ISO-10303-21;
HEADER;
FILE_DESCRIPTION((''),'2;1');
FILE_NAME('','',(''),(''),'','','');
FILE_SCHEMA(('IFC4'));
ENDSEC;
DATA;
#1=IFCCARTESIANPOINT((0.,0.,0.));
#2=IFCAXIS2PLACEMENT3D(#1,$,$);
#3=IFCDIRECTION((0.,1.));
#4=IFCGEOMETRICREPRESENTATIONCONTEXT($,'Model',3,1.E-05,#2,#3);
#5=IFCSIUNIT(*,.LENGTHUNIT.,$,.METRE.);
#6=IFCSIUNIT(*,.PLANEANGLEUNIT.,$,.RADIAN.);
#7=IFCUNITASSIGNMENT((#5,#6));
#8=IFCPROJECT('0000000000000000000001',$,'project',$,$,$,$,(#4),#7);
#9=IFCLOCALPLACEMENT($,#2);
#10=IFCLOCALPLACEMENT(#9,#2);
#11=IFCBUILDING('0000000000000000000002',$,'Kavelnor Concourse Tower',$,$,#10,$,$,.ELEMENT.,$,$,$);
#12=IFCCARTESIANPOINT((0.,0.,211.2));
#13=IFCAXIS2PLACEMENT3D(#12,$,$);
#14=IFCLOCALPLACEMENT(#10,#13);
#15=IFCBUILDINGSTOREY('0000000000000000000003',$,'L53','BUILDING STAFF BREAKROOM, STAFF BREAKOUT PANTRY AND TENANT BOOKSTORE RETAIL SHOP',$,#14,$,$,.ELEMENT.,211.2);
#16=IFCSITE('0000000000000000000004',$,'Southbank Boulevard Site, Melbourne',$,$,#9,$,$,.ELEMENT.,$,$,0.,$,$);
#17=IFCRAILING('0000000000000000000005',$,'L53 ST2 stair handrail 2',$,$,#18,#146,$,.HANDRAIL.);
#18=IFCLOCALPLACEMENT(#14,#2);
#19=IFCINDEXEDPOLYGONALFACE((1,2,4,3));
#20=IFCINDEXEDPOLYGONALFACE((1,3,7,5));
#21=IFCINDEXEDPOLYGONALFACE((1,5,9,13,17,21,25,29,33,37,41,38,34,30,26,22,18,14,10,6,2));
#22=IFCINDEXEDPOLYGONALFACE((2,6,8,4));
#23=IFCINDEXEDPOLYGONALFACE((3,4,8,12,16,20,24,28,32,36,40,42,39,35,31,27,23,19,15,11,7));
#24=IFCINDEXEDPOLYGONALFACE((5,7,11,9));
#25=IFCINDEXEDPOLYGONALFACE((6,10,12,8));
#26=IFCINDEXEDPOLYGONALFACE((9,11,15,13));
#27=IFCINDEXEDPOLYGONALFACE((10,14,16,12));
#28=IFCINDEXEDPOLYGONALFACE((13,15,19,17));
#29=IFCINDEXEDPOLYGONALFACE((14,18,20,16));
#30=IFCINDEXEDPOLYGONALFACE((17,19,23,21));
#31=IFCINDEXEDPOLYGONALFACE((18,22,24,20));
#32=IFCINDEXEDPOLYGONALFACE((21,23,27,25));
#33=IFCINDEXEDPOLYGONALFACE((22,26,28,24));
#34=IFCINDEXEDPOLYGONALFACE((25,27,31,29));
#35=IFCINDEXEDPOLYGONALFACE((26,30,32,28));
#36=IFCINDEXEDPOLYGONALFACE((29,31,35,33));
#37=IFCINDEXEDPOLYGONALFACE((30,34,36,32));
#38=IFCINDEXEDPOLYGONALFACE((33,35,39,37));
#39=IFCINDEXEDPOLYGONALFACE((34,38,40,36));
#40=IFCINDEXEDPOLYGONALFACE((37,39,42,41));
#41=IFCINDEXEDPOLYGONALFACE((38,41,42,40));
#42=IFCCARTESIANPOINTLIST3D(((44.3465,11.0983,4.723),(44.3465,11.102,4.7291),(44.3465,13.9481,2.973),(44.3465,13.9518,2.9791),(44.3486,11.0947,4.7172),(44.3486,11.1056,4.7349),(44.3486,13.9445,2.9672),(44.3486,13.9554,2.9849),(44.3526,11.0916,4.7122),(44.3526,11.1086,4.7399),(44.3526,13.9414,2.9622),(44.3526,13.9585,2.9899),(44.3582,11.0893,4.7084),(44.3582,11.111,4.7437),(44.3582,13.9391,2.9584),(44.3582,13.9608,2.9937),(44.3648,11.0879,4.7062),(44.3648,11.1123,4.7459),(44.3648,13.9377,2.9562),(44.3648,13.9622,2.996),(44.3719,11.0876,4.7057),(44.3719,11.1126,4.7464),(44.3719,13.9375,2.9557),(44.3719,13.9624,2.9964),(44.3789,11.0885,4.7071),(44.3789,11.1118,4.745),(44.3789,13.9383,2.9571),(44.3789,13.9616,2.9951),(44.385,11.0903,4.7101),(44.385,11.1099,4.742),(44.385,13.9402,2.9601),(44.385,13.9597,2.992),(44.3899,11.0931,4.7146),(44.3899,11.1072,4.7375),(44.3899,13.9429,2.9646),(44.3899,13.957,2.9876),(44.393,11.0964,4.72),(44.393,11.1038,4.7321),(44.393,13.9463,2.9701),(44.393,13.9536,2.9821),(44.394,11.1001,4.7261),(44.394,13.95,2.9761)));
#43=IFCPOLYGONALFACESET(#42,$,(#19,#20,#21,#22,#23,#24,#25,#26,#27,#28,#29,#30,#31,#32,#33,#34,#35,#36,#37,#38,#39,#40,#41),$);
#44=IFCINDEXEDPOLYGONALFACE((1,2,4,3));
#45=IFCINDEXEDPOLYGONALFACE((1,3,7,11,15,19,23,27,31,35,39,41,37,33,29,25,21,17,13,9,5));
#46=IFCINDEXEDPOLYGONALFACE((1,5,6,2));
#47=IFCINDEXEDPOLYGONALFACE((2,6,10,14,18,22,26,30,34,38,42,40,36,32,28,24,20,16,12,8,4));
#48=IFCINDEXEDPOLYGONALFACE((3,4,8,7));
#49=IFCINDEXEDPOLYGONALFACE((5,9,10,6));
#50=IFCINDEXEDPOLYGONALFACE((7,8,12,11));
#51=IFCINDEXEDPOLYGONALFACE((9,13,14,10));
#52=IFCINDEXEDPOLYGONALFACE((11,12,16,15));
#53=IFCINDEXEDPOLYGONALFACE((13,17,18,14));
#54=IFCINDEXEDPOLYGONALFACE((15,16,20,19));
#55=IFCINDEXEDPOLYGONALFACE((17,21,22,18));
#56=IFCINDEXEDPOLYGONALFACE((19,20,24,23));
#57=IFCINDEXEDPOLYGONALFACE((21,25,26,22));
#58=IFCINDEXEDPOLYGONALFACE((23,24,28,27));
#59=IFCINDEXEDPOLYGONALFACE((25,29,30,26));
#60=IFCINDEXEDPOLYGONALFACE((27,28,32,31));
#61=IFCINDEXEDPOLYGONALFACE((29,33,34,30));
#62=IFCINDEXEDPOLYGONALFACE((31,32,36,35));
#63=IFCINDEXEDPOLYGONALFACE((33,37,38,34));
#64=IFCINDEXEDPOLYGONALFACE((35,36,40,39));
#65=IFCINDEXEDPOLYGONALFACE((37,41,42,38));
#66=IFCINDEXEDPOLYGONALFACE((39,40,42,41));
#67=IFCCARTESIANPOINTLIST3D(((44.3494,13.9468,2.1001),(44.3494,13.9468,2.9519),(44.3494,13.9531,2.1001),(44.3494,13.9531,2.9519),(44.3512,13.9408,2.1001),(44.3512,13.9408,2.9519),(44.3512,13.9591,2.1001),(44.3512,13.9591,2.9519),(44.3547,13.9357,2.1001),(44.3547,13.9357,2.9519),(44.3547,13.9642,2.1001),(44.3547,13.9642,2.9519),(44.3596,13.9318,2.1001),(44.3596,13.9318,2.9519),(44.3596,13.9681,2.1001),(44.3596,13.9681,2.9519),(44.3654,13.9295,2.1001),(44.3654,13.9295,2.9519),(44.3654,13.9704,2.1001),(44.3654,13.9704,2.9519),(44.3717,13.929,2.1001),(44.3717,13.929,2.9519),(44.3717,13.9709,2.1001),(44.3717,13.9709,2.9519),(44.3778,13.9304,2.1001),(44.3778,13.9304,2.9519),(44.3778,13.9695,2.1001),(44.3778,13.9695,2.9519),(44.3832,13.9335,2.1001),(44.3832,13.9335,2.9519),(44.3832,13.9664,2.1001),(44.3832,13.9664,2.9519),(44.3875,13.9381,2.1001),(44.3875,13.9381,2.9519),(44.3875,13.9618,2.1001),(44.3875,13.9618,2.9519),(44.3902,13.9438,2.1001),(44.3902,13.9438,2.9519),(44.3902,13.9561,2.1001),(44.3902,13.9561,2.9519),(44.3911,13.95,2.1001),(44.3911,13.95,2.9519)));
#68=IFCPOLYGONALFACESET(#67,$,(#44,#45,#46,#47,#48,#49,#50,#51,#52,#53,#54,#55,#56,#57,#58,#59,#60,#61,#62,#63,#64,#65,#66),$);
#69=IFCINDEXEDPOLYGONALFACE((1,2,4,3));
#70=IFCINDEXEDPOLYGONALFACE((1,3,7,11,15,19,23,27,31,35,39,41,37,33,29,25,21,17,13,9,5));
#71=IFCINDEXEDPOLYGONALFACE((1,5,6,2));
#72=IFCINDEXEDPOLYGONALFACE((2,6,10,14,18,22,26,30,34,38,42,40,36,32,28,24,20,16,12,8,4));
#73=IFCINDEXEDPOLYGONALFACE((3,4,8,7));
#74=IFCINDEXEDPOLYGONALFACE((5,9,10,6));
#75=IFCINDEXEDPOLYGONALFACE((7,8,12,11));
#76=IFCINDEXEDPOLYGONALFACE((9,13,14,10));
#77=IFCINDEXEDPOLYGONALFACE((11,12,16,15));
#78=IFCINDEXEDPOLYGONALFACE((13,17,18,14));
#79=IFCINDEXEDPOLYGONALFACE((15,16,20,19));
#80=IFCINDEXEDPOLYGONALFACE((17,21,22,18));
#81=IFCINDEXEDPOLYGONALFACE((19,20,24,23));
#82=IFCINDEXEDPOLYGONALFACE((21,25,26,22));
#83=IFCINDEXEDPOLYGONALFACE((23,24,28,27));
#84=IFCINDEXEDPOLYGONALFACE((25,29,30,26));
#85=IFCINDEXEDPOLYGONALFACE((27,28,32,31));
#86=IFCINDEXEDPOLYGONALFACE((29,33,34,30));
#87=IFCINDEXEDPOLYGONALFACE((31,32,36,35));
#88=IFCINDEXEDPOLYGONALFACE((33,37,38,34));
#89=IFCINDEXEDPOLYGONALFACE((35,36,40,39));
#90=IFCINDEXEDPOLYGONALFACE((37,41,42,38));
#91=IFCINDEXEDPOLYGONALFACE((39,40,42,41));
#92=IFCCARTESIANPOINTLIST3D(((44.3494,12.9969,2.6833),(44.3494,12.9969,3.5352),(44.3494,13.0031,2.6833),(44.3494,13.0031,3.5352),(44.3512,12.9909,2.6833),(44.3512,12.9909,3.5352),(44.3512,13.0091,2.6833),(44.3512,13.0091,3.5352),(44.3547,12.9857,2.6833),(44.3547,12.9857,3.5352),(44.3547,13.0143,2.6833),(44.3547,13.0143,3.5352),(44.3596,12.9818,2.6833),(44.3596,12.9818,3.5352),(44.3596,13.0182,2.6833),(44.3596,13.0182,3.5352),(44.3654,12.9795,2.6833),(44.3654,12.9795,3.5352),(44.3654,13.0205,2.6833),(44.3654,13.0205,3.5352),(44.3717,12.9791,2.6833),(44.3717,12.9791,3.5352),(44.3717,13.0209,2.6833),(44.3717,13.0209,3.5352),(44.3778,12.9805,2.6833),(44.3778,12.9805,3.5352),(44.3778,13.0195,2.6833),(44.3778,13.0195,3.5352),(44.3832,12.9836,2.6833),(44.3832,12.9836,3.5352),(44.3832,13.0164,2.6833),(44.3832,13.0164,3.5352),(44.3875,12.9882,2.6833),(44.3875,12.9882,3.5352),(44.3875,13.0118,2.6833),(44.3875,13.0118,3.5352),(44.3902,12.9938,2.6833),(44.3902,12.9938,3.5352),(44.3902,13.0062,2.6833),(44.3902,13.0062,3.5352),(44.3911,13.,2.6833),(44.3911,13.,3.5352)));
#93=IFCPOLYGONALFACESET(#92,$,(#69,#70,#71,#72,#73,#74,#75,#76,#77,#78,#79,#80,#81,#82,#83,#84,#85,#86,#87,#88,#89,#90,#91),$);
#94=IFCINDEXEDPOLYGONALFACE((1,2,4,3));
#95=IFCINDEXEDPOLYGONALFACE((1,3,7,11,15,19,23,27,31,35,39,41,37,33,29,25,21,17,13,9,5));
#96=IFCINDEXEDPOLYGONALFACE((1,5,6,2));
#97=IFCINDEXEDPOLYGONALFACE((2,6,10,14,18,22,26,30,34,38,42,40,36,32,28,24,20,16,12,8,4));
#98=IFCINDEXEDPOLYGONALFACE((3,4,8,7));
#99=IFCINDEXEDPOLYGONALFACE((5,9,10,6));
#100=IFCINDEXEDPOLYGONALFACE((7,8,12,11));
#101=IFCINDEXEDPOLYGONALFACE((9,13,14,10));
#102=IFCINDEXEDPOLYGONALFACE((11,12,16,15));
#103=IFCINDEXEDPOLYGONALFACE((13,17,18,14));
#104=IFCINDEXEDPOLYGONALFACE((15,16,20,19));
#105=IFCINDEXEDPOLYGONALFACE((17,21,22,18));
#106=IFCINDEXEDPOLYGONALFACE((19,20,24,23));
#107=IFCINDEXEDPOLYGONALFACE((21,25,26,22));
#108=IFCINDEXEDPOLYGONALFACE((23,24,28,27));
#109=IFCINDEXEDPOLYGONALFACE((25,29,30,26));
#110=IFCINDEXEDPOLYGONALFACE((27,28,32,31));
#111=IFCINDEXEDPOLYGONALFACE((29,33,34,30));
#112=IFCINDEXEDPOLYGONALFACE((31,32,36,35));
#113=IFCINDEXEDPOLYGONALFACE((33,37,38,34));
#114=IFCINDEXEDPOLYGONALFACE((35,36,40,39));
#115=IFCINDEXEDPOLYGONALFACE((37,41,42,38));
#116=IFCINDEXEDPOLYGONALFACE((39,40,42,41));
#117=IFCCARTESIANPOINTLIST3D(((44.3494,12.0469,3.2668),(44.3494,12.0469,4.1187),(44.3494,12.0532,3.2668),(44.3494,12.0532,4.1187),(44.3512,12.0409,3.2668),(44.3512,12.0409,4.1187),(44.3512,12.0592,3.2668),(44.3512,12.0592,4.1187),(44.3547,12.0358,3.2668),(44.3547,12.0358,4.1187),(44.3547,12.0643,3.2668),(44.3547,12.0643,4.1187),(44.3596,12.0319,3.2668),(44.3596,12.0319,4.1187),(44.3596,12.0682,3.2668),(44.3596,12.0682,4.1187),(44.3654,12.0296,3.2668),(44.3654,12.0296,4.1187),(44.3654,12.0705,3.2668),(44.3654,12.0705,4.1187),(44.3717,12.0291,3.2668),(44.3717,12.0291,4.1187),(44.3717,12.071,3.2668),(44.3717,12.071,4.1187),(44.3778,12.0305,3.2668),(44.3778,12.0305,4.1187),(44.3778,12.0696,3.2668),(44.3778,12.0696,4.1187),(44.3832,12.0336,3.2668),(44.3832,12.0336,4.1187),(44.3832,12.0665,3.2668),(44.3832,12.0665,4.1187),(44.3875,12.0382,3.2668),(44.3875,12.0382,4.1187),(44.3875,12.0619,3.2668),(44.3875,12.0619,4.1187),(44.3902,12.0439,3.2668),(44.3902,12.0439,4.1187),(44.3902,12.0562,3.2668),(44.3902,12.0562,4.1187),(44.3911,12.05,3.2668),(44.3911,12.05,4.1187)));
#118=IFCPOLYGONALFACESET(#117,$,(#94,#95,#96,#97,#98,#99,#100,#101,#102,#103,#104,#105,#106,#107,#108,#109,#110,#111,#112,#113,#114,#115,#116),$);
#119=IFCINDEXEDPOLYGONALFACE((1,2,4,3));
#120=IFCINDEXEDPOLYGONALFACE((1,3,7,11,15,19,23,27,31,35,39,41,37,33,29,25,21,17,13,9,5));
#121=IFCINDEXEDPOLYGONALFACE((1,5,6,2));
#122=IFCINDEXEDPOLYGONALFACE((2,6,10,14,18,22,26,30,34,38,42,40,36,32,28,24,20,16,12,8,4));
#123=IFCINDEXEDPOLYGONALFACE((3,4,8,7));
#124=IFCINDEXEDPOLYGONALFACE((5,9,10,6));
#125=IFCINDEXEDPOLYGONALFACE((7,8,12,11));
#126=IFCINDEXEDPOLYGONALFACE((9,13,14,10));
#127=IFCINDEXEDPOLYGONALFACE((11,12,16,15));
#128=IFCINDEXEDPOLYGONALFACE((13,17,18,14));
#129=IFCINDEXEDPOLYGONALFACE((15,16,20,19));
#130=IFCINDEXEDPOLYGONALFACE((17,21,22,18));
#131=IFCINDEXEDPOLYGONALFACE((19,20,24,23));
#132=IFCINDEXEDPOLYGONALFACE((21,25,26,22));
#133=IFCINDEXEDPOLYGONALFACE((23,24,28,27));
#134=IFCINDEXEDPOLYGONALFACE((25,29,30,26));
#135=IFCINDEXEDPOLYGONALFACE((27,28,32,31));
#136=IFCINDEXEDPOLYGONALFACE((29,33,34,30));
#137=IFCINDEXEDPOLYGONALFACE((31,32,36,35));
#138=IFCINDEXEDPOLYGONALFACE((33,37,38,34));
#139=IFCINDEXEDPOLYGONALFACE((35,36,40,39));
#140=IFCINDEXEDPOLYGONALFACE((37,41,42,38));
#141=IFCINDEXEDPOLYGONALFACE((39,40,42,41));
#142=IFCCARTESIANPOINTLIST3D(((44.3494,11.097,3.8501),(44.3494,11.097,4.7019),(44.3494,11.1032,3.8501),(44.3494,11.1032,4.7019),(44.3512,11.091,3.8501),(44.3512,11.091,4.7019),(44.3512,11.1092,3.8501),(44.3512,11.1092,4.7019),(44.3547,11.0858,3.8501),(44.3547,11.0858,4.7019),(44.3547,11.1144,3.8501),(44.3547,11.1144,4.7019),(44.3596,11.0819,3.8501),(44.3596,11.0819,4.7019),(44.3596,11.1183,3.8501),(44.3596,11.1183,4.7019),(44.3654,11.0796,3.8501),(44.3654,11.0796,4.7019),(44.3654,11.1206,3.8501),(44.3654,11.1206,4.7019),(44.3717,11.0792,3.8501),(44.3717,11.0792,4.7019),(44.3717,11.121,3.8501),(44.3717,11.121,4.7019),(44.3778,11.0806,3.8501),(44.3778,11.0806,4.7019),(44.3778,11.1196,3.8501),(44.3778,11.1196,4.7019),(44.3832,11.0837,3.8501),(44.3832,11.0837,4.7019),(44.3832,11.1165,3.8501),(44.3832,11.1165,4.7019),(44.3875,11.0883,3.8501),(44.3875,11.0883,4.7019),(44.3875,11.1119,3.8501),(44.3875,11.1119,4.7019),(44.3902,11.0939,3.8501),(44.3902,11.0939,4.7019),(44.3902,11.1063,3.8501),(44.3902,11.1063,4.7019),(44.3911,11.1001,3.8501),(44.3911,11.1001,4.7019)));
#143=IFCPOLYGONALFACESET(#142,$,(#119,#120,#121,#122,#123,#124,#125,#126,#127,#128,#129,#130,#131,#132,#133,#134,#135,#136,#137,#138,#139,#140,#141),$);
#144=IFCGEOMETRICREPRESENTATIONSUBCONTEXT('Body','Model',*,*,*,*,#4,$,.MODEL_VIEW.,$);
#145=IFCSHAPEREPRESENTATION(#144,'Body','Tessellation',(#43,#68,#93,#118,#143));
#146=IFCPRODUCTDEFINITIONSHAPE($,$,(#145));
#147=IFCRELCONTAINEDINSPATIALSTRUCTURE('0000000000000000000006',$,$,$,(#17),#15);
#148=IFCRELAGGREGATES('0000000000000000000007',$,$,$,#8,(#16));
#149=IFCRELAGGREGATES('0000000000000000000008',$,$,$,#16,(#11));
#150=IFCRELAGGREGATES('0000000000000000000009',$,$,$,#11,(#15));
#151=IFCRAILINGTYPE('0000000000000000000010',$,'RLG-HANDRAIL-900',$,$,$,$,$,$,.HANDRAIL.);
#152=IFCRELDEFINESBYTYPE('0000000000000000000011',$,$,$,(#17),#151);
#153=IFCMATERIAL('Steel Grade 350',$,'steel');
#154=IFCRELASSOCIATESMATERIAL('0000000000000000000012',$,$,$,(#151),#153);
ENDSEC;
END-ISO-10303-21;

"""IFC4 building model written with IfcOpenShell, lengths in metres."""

from ifc_helpers import new_model, si_unit, direction, frame, origin, origin_2d, place, context, subcontext, project, spatial, circle, extrude, material, type_object, element, save


model = new_model("IFC4")

# Units and contexts
model_context = context("Model", 3, precision=1e-05, world=origin(), true_north=direction((0.0, 1.0)))
body_context = subcontext(model_context, "Body", "Model", "MODEL_VIEW")
ifc_project = project(units=[si_unit("LENGTHUNIT", "METRE"), si_unit("PLANEANGLEUNIT", "RADIAN")], contexts=[model_context])

# Site, building, storey
site_placement = place(None, origin())
site = spatial("IfcSite", under=ifc_project, at=site_placement, Name="Southbank Boulevard Site, Melbourne", CompositionType="ELEMENT", RefElevation=0.0)
building_placement = place(site_placement, origin())
building = spatial("IfcBuilding", under=site, at=building_placement, Name="Kavelnor Concourse Tower", CompositionType="ELEMENT")
storey_placement = place(building_placement, frame((0.0, 0.0, 211.2)))
storey = spatial("IfcBuildingStorey", under=building, at=storey_placement, Name="L53", Description="BUILDING STAFF BREAKROOM, STAFF BREAKOUT PANTRY AND TENANT BOOKSTORE RETAIL SHOP", CompositionType="ELEMENT", Elevation=211.2)

# Shared definitions
ifc_material_1 = material(Name="Steel Grade 350", Category="steel")

# Railing
railing_type_1 = type_object("IfcRailingType", Name="RLG-HANDRAIL-900", PredefinedType="HANDRAIL", material=ifc_material_1)
railing_1_placement = place(storey_placement, frame((44.3701, 13.95, 2.1001)))
element("IfcRailing", 1, at=railing_1_placement, inside=storey, type_object=railing_type_1, Name="L53 ST2 stair handrail 2", PredefinedType="HANDRAIL", context=body_context, shape_type="SweptSolid", body=[
    extrude(circle(Radius=0.0239, at=origin_2d()), frame((0.0, 0.0, 0.876), z_axis=(0.0, -0.852159, 0.523283), x_axis=(1.0, 0.0, 0.0)), (0.0, 0.0, 1.0), 3.3442),
    extrude(circle(Radius=0.021, at=origin_2d()), origin(), (0.0, 0.0, 1.0), 0.8518),
    extrude(circle(Radius=0.021, at=origin_2d()), frame((0.0, -0.95, 0.5833)), (0.0, 0.0, 1.0), 0.8518),
    extrude(circle(Radius=0.021, at=origin_2d()), frame((0.0, -1.8999, 1.1667)), (0.0, 0.0, 1.0), 0.8518),
    extrude(circle(Radius=0.021, at=origin_2d()), frame((0.0, -2.8499, 1.75)), (0.0, 0.0, 1.0), 0.8518),
])

save(model, "model.ifc")
